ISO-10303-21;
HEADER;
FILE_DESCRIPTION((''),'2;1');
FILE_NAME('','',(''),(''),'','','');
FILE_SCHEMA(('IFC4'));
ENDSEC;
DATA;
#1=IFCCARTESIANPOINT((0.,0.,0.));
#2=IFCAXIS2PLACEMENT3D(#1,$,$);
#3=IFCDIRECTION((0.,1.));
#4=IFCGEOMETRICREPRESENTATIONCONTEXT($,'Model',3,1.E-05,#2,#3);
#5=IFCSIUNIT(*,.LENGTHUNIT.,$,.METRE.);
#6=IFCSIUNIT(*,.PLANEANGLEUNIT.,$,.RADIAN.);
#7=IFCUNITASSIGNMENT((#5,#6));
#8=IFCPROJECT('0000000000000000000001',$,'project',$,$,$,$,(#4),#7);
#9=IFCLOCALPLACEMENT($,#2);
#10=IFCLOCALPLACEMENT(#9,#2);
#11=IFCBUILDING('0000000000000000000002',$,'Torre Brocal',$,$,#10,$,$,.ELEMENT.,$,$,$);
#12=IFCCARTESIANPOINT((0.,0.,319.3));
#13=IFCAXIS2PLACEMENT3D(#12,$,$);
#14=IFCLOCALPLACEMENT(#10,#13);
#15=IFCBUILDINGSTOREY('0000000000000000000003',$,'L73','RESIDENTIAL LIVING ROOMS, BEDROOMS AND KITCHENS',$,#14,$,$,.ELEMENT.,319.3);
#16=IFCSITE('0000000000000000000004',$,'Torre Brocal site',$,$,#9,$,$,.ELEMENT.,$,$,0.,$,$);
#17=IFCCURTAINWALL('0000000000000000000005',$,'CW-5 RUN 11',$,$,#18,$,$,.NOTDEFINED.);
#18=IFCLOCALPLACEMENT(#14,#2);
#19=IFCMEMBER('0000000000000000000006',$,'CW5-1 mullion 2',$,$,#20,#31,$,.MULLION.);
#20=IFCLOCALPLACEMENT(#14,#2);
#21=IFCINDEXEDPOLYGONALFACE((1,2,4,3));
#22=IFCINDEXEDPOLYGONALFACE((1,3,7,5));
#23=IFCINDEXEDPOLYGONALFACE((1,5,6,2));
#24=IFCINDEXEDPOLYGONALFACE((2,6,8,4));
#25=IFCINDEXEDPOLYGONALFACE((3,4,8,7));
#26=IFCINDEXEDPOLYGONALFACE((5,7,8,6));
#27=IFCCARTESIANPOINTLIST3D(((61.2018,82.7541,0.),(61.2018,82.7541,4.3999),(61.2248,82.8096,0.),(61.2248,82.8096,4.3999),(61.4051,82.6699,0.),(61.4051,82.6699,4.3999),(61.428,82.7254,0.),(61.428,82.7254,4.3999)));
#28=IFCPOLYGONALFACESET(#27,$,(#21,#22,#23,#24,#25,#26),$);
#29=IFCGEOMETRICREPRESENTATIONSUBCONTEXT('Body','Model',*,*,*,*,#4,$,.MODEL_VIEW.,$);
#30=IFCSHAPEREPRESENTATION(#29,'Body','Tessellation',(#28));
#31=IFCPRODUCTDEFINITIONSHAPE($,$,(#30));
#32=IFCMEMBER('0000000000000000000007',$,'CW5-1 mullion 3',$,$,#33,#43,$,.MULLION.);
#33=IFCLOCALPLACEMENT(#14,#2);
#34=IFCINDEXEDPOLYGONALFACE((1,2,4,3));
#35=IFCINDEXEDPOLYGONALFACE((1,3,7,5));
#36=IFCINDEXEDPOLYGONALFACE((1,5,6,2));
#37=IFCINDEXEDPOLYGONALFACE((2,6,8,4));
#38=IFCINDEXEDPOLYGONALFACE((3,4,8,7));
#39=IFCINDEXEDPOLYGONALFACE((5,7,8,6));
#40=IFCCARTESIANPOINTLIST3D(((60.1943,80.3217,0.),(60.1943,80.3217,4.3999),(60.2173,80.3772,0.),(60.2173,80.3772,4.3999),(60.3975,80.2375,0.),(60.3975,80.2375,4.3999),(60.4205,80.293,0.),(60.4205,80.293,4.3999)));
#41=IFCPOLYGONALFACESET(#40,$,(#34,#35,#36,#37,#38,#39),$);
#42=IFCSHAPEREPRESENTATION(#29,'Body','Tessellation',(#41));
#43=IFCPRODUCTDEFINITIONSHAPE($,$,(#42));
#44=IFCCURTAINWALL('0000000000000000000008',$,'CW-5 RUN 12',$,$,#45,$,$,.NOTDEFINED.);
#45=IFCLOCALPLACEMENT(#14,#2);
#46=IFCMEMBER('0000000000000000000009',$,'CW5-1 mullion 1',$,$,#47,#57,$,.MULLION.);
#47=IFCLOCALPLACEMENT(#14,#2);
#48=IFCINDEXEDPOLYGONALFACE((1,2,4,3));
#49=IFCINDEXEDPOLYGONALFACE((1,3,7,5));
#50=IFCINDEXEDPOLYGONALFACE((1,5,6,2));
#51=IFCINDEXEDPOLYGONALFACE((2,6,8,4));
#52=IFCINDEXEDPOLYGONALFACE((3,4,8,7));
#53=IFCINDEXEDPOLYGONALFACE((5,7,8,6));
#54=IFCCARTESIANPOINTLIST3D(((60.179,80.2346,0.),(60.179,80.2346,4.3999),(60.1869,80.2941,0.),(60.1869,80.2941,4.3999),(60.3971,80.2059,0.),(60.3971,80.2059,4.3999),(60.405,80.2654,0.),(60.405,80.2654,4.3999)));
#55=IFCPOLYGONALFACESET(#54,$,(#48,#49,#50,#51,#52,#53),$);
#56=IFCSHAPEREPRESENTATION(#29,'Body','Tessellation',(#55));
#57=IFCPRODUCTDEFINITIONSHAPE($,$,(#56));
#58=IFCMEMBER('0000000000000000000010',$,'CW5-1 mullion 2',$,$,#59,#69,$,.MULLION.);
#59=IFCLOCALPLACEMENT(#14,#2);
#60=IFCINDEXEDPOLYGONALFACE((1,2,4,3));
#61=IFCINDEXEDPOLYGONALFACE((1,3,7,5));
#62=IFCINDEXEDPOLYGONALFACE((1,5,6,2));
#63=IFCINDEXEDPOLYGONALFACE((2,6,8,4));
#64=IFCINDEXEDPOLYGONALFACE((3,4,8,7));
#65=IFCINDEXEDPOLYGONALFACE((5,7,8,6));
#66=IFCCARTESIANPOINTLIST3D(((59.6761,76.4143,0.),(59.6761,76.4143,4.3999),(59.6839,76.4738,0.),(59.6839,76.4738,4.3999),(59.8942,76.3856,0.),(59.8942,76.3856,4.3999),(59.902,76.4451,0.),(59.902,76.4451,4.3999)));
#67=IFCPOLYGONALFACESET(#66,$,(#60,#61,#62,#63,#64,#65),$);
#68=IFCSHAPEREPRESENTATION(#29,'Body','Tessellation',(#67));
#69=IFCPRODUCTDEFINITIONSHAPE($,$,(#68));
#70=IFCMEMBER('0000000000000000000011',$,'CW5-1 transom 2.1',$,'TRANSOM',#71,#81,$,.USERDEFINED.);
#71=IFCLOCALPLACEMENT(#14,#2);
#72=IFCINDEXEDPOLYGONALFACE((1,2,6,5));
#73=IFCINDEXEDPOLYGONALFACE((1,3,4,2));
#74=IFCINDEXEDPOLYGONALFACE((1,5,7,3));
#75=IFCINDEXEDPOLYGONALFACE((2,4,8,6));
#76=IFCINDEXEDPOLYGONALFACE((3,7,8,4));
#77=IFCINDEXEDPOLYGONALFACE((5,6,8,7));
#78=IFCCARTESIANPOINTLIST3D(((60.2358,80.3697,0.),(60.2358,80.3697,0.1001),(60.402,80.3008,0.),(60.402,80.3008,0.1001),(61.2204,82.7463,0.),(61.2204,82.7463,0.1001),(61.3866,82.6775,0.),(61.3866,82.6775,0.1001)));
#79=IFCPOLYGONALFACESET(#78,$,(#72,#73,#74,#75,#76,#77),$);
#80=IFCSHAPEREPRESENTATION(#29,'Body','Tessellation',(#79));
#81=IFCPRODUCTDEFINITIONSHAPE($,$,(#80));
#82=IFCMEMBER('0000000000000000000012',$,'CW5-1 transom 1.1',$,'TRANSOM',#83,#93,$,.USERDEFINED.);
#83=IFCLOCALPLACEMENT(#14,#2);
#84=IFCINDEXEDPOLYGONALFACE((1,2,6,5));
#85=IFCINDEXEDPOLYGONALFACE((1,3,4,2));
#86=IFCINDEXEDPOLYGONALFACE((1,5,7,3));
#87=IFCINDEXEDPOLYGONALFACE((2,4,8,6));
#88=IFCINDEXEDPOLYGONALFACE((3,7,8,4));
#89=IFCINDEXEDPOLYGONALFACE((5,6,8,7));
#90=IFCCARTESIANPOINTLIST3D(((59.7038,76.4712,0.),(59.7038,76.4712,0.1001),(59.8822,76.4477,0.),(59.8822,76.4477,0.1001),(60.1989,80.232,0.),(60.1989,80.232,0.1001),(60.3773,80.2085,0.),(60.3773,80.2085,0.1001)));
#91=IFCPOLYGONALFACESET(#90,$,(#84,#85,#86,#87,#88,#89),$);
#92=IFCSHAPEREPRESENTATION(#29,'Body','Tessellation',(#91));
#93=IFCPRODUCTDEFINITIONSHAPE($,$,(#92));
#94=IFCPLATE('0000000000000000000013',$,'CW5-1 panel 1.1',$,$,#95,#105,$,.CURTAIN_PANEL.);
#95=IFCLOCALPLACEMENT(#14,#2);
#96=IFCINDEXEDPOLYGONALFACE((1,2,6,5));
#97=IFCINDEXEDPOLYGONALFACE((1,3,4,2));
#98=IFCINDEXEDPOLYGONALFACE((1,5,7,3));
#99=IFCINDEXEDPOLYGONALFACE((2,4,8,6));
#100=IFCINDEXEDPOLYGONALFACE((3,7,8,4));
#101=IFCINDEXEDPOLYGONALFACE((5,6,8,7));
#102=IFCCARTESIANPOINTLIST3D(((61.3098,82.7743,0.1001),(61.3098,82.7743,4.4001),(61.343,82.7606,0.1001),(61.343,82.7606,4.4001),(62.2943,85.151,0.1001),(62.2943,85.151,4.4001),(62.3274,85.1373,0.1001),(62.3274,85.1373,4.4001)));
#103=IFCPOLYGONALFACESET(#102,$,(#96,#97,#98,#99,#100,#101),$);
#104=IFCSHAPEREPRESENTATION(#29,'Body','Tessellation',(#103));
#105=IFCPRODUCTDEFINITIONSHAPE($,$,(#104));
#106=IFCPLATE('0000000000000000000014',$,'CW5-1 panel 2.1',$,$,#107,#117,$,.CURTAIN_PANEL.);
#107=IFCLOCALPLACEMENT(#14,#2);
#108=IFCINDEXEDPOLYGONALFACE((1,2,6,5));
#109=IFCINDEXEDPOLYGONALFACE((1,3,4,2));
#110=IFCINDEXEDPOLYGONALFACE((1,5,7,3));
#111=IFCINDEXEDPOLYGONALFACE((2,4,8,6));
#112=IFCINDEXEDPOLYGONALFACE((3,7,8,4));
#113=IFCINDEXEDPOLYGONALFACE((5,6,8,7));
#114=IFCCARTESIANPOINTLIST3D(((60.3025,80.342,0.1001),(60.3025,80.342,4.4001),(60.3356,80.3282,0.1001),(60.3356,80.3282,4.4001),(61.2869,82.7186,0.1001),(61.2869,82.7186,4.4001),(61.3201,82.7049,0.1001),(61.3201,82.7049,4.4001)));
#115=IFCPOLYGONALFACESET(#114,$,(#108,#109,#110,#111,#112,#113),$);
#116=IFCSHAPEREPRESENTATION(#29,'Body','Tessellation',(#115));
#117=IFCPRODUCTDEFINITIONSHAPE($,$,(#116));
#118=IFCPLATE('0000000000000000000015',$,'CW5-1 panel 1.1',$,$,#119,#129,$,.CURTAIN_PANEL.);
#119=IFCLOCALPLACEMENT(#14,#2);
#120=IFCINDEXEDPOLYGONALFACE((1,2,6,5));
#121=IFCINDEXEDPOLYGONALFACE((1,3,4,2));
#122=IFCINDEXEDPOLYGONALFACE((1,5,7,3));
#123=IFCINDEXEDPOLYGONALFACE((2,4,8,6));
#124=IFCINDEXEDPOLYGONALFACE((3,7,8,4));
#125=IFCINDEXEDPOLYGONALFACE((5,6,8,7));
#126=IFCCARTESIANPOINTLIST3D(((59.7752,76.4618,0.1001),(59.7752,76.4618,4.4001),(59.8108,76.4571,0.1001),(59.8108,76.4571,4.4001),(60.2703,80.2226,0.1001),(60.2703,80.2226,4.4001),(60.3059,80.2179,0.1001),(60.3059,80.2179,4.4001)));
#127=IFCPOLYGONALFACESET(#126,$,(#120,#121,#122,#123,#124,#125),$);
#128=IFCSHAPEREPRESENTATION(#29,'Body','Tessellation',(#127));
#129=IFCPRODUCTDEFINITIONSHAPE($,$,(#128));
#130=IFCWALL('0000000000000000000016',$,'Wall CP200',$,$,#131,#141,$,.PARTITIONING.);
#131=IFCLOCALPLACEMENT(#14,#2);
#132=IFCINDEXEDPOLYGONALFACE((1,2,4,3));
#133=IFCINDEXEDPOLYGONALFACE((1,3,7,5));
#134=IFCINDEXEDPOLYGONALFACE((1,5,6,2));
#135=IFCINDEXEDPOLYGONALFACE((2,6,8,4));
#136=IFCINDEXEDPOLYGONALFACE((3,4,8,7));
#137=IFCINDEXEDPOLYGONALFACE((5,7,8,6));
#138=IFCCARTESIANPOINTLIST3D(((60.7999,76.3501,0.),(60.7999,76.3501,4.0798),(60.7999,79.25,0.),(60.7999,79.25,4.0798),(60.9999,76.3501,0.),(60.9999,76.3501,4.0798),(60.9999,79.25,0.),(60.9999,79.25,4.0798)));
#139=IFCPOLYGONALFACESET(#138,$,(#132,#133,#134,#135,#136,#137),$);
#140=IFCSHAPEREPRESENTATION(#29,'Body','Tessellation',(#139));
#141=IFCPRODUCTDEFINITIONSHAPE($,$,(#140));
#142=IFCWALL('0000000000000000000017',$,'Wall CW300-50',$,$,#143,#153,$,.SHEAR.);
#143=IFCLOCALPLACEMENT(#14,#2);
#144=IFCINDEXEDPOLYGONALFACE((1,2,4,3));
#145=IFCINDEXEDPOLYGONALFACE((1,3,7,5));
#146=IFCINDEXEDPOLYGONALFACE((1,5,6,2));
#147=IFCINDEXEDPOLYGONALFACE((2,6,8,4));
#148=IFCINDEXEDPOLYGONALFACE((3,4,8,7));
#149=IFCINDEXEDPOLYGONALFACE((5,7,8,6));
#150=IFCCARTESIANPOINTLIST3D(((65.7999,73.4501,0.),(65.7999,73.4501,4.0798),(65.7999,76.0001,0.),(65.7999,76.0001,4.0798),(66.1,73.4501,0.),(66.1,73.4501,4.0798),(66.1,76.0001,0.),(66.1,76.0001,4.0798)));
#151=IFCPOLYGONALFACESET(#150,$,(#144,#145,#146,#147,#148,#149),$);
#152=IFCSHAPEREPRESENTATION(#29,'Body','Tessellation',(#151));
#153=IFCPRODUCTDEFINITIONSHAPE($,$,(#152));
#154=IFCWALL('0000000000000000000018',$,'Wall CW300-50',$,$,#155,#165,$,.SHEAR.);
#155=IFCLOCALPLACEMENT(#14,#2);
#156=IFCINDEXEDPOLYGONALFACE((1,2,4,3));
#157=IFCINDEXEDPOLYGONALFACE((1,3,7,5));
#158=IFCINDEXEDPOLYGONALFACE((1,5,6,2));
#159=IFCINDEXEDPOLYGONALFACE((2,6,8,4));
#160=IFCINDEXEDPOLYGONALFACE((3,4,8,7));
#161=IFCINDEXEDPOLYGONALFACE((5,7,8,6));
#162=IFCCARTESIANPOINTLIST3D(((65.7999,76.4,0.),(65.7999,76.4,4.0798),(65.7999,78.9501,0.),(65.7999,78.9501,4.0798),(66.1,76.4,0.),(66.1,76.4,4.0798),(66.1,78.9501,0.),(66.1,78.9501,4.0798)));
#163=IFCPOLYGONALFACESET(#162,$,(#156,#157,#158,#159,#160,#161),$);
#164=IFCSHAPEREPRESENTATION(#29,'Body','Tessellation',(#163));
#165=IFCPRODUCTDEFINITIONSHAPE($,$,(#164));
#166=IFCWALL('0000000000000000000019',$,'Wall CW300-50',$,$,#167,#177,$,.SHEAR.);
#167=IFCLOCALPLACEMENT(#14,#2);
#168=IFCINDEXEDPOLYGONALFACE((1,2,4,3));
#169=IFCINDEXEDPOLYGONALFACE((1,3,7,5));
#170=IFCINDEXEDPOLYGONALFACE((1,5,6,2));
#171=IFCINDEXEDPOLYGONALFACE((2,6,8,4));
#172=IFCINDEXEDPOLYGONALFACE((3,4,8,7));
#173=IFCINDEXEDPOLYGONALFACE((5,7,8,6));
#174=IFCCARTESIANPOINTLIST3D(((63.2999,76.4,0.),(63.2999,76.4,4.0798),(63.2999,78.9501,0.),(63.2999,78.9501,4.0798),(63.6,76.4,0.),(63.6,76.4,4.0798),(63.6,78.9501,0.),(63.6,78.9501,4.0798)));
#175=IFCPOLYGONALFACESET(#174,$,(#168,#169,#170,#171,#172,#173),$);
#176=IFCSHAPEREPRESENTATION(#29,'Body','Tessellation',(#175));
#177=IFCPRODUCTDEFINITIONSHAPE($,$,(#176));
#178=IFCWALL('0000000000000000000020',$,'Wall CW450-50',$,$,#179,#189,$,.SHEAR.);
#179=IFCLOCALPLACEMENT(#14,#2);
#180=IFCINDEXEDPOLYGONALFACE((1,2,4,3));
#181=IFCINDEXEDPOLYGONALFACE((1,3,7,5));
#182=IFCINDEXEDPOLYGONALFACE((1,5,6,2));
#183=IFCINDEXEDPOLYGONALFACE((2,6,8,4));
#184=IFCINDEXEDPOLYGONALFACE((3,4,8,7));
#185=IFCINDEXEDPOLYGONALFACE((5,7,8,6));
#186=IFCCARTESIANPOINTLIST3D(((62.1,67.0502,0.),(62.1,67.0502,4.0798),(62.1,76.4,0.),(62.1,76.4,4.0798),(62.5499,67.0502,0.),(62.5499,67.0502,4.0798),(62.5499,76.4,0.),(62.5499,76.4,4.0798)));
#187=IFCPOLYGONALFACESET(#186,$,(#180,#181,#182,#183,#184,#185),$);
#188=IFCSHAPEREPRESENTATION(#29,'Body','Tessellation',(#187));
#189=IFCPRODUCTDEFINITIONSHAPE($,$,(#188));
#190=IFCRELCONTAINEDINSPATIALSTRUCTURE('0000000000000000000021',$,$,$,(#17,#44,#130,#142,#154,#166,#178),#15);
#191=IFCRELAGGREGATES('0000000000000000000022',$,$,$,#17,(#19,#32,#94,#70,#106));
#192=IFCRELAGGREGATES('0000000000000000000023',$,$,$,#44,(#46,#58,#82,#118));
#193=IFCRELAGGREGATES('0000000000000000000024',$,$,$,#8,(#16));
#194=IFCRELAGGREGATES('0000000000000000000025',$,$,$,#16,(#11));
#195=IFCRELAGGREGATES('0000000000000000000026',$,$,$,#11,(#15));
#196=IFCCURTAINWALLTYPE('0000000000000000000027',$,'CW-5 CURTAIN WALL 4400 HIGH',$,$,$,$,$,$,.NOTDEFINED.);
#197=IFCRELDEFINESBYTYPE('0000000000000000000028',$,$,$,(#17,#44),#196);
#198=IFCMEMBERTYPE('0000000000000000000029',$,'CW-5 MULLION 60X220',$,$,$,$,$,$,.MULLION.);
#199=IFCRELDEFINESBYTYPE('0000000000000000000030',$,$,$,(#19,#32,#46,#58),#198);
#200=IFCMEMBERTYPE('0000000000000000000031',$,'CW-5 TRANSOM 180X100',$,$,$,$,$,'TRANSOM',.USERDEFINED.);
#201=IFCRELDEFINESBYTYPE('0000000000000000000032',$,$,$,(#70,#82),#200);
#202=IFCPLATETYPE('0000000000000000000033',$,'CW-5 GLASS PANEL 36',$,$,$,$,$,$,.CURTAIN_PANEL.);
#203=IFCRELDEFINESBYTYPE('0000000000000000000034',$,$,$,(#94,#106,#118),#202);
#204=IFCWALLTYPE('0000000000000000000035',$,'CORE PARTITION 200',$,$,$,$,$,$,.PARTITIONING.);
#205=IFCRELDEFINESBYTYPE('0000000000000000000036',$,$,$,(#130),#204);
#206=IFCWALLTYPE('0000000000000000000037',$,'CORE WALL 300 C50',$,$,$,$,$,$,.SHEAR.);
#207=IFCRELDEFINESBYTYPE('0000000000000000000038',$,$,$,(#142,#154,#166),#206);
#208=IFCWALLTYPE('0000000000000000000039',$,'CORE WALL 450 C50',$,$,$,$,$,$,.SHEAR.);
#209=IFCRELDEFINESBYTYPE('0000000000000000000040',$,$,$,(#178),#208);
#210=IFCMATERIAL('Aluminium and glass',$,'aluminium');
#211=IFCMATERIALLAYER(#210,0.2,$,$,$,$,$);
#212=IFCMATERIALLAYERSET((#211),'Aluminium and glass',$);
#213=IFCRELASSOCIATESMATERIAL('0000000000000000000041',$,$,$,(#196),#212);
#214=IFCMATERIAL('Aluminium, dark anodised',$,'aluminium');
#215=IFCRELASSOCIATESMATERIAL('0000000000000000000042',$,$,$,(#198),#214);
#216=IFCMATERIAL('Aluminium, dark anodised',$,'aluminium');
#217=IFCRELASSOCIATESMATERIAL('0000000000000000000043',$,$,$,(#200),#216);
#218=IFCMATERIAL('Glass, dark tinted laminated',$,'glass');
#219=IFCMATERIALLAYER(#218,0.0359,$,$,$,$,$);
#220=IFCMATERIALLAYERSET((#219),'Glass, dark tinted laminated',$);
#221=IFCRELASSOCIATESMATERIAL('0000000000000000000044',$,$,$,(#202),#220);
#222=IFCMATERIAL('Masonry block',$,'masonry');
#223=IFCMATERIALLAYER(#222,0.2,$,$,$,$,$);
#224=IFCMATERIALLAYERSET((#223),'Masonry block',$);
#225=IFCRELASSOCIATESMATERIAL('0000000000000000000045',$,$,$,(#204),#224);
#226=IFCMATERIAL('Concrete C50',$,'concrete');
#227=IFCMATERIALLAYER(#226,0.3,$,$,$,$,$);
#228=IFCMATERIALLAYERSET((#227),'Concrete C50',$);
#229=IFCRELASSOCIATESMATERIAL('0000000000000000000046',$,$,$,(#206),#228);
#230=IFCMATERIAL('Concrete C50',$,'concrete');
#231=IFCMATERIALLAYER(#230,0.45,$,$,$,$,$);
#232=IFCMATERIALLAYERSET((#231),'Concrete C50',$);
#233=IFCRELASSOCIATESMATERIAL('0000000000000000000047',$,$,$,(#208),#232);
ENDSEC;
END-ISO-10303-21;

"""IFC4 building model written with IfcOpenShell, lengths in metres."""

from ifc_helpers import new_model, si_unit, direction, frame, frame_2d, origin, origin_2d, place, context, subcontext, project, spatial, rectangle, extrude, material, layer, layer_set, material_profile, profile_set, type_object, element, aggregate, save


model = new_model("IFC4")

# Units and contexts
model_context = context("Model", 3, precision=1e-05, world=origin(), true_north=direction((0.0, 1.0)))
body_context = subcontext(model_context, "Body", "Model", "MODEL_VIEW")
ifc_project = project(units=[si_unit("LENGTHUNIT", "METRE"), si_unit("PLANEANGLEUNIT", "RADIAN")], contexts=[model_context])

# Site, building, storey
site_placement = place(None, origin())
site = spatial("IfcSite", under=ifc_project, at=site_placement, Name="Torre Brocal site", CompositionType="ELEMENT", RefElevation=0.0)
building_placement = place(site_placement, origin())
building = spatial("IfcBuilding", under=site, at=building_placement, Name="Torre Brocal", CompositionType="ELEMENT")
storey_placement = place(building_placement, frame((0.0, 0.0, 319.3)))
storey = spatial("IfcBuildingStorey", under=building, at=storey_placement, Name="L73", Description="RESIDENTIAL LIVING ROOMS, BEDROOMS AND KITCHENS", CompositionType="ELEMENT", Elevation=319.3)

# Curtain walls, members
ifc_material_1 = material(Name="Aluminium and glass", Category="aluminium")
ifc_layer_1 = layer(ifc_material_1, 0.2)
ifc_layer_set_1 = layer_set([ifc_layer_1], Name="Aluminium and glass")
curtain_wall_type = type_object("IfcCurtainWallType", Name="CW-5 CURTAIN WALL 4400 HIGH", PredefinedType="NOTDEFINED", material=ifc_layer_set_1)
curtain_wall_1_placement = place(storey_placement, origin())
curtain_wall_1 = element("IfcCurtainWall", 1, at=curtain_wall_1_placement, inside=storey, type_object=curtain_wall_type, Name="CW-5 RUN 11", PredefinedType="NOTDEFINED")
ifc_material_2 = material(Name="Aluminium, dark anodised", Category="aluminium")
ifc_material_profile_1 = material_profile(ifc_material_2, rectangle(XDim=0.22, YDim=0.0601, at=origin_2d()), Name="CW-5 MULLION 60X220")
ifc_profile_set_1 = profile_set([ifc_material_profile_1], Name="Aluminium, dark anodised")
member_type_1 = type_object("IfcMemberType", Name="CW-5 MULLION 60X220", PredefinedType="MULLION", material=ifc_profile_set_1)
member_1_placement = place(storey_placement, frame((61.3149, 82.7397, 0.0), z_axis=(0.0, 0.0, 1.0), x_axis=(0.92388, -0.382683, 0.0)))
member_1 = element("IfcMember", 2, at=member_1_placement, type_object=member_type_1, Name="CW5-1 mullion 2", PredefinedType="MULLION", context=body_context, shape_type="SweptSolid", body=[
    extrude(rectangle(XDim=0.22, YDim=0.0601, at=origin_2d()), origin(), (0.0, 0.0, 1.0), 4.3999),
])
member_2_placement = place(storey_placement, frame((60.3074, 80.3074, 0.0), z_axis=(0.0, 0.0, 1.0), x_axis=(0.92388, -0.382683, 0.0)))
member_2 = element("IfcMember", 3, at=member_2_placement, type_object=member_type_1, Name="CW5-1 mullion 3", PredefinedType="MULLION", context=body_context, shape_type="SweptSolid", body=[
    extrude(rectangle(XDim=0.22, YDim=0.0601, at=origin_2d()), origin(), (0.0, 0.0, 1.0), 4.3999),
])
curtain_wall_2_placement = place(storey_placement, origin())
curtain_wall_2 = element("IfcCurtainWall", 4, at=curtain_wall_2_placement, inside=storey, type_object=curtain_wall_type, Name="CW-5 RUN 12", PredefinedType="NOTDEFINED")
member_3_placement = place(storey_placement, frame((60.292, 80.25, 0.0), z_axis=(0.0, 0.0, 1.0), x_axis=(0.991445, -0.130526, 0.0)))
member_3 = element("IfcMember", 5, at=member_3_placement, type_object=member_type_1, Name="CW5-1 mullion 1", PredefinedType="MULLION", context=body_context, shape_type="SweptSolid", body=[
    extrude(rectangle(XDim=0.22, YDim=0.0601, at=origin_2d()), origin(), (0.0, 0.0, 1.0), 4.3999),
])
member_4_placement = place(storey_placement, frame((59.7891, 76.4297, 0.0), z_axis=(0.0, 0.0, 1.0), x_axis=(0.991445, -0.130526, 0.0)))
member_4 = element("IfcMember", 6, at=member_4_placement, type_object=member_type_1, Name="CW5-1 mullion 2", PredefinedType="MULLION", context=body_context, shape_type="SweptSolid", body=[
    extrude(rectangle(XDim=0.22, YDim=0.0601, at=origin_2d()), origin(), (0.0, 0.0, 1.0), 4.3999),
])

# Members
ifc_material_3 = material(Name="Aluminium, dark anodised", Category="aluminium")
ifc_material_profile_2 = material_profile(ifc_material_3, rectangle(XDim=0.1799, YDim=0.1001, at=origin_2d()), Name="CW-5 TRANSOM 180X100")
ifc_profile_set_2 = profile_set([ifc_material_profile_2], Name="Aluminium, dark anodised")
member_type_2 = type_object("IfcMemberType", Name="CW-5 TRANSOM 180X100", ElementType="TRANSOM", PredefinedType="USERDEFINED", material=ifc_profile_set_2)
member_5_placement = place(storey_placement, frame((61.3035, 82.7119, 0.05), z_axis=(-0.382735, -0.923858, 0.0), x_axis=(0.923858, -0.382735, 0.0)))
member_5 = element("IfcMember", 7, at=member_5_placement, type_object=member_type_2, Name="CW5-1 transom 2.1", ObjectType="TRANSOM", PredefinedType="USERDEFINED", context=body_context, shape_type="SweptSolid", body=[
    extrude(rectangle(XDim=0.1799, YDim=0.1001, at=origin_2d()), origin(), (0.0, 0.0, 1.0), 2.5725),
])
member_6_placement = place(storey_placement, frame((60.2881, 80.2202, 0.05), z_axis=(-0.130528, -0.991445, 0.0), x_axis=(0.991445, -0.130528, 0.0)))
member_6 = element("IfcMember", 8, at=member_6_placement, type_object=member_type_2, Name="CW5-1 transom 1.1", ObjectType="TRANSOM", PredefinedType="USERDEFINED", context=body_context, shape_type="SweptSolid", body=[
    extrude(rectangle(XDim=0.1799, YDim=0.1001, at=origin_2d()), origin(), (0.0, 0.0, 1.0), 3.7932),
])

# Plates
ifc_material_4 = material(Name="Glass, dark tinted laminated", Category="glass")
ifc_layer_2 = layer(ifc_material_4, 0.0359)
ifc_layer_set_2 = layer_set([ifc_layer_2], Name="Glass, dark tinted laminated")
plate_type = type_object("IfcPlateType", Name="CW-5 GLASS PANEL 36", PredefinedType="CURTAIN_PANEL", material=ifc_layer_set_2)
plate_1_placement = place(storey_placement, frame((61.8186, 83.9558, 0.1001), z_axis=(0.0, 0.0, 1.0), x_axis=(-0.382683, -0.92388, 0.0)))
plate_1 = element("IfcPlate", 9, at=plate_1_placement, type_object=plate_type, Name="CW5-1 panel 1.1", PredefinedType="CURTAIN_PANEL", context=body_context, shape_type="SweptSolid", body=[
    extrude(rectangle(XDim=2.5725, YDim=0.0359, at=origin_2d()), origin(), (0.0, 0.0, 1.0), 4.3),
])
plate_2_placement = place(storey_placement, frame((60.8113, 81.5234, 0.1001), z_axis=(0.0, 0.0, 1.0), x_axis=(-0.382683, -0.92388, 0.0)))
plate_2 = element("IfcPlate", 10, at=plate_2_placement, type_object=plate_type, Name="CW5-1 panel 2.1", PredefinedType="CURTAIN_PANEL", context=body_context, shape_type="SweptSolid", body=[
    extrude(rectangle(XDim=2.5725, YDim=0.0359, at=origin_2d()), origin(), (0.0, 0.0, 1.0), 4.3),
])
aggregate(curtain_wall_1, [member_1, member_2, plate_1, member_5, plate_2])
plate_3_placement = place(storey_placement, frame((60.0405, 78.3398, 0.1001), z_axis=(0.0, 0.0, 1.0), x_axis=(-0.130526, -0.991445, 0.0)))
plate_3 = element("IfcPlate", 11, at=plate_3_placement, type_object=plate_type, Name="CW5-1 panel 1.1", PredefinedType="CURTAIN_PANEL", context=body_context, shape_type="SweptSolid", body=[
    extrude(rectangle(XDim=3.7932, YDim=0.0359, at=origin_2d()), origin(), (0.0, 0.0, 1.0), 4.3),
])
aggregate(curtain_wall_2, [member_3, member_4, member_6, plate_3])

# Walls
ifc_material_5 = material(Name="Masonry block", Category="masonry")
ifc_layer_3 = layer(ifc_material_5, 0.2)
ifc_layer_set_3 = layer_set([ifc_layer_3], Name="Masonry block")
wall_type_1 = type_object("IfcWallType", Name="CORE PARTITION 200", PredefinedType="PARTITIONING", material=ifc_layer_set_3)
wall_1_placement = place(storey_placement, frame((60.8999, 79.25, 0.0), z_axis=(0.0, 0.0, 1.0), x_axis=(0.0, -1.0, 0.0)))
element("IfcWall", 12, at=wall_1_placement, inside=storey, type_object=wall_type_1, Name="Wall CP200", PredefinedType="PARTITIONING", context=body_context, shape_type="SweptSolid", body=[
    extrude(rectangle(XDim=2.8999, YDim=0.2, at=frame_2d((1.45, 0.0))), origin(), (0.0, 0.0, 1.0), 4.0798),
])
ifc_material_6 = material(Name="Concrete C50", Category="concrete")
ifc_layer_4 = layer(ifc_material_6, 0.3)
ifc_layer_set_4 = layer_set([ifc_layer_4], Name="Concrete C50")
wall_type_2 = type_object("IfcWallType", Name="CORE WALL 300 C50", PredefinedType="SHEAR", material=ifc_layer_set_4)
for number, where, z_axis, x_axis, name in (
    (13, (65.95, 76.0, 0.0), (0.0, 0.0, 1.0), (0.0, -1.0, 0.0), "Wall CW300-50"),
    (14, (65.95, 78.95, 0.0), (0.0, 0.0, 1.0), (0.0, -1.0, 0.0), "Wall CW300-50"),
    (15, (63.45, 78.95, 0.0), (0.0, 0.0, 1.0), (0.0, -1.0, 0.0), "Wall CW300-50"),
):
    element("IfcWall", number, at=place(storey_placement, frame(where, z_axis=z_axis, x_axis=x_axis)), inside=storey, type_object=wall_type_2, Name=name, PredefinedType="SHEAR", context=body_context, shape_type="SweptSolid", body=[
        extrude(rectangle(XDim=2.55, YDim=0.3, at=frame_2d((1.2749, 0.0))), origin(), (0.0, 0.0, 1.0), 4.0798),
    ])
ifc_material_7 = material(Name="Concrete C50", Category="concrete")
ifc_layer_5 = layer(ifc_material_7, 0.45)
ifc_layer_set_5 = layer_set([ifc_layer_5], Name="Concrete C50")
wall_type_3 = type_object("IfcWallType", Name="CORE WALL 450 C50", PredefinedType="SHEAR", material=ifc_layer_set_5)
wall_2_placement = place(storey_placement, frame((62.325, 76.3999, 0.0), z_axis=(0.0, 0.0, 1.0), x_axis=(0.0, -1.0, 0.0)))
element("IfcWall", 16, at=wall_2_placement, inside=storey, type_object=wall_type_3, Name="Wall CW450-50", PredefinedType="SHEAR", context=body_context, shape_type="SweptSolid", body=[
    extrude(rectangle(XDim=9.3499, YDim=0.45, at=frame_2d((4.6748, 0.0))), origin(), (0.0, 0.0, 1.0), 4.0798),
])

save(model, "model.ifc")
